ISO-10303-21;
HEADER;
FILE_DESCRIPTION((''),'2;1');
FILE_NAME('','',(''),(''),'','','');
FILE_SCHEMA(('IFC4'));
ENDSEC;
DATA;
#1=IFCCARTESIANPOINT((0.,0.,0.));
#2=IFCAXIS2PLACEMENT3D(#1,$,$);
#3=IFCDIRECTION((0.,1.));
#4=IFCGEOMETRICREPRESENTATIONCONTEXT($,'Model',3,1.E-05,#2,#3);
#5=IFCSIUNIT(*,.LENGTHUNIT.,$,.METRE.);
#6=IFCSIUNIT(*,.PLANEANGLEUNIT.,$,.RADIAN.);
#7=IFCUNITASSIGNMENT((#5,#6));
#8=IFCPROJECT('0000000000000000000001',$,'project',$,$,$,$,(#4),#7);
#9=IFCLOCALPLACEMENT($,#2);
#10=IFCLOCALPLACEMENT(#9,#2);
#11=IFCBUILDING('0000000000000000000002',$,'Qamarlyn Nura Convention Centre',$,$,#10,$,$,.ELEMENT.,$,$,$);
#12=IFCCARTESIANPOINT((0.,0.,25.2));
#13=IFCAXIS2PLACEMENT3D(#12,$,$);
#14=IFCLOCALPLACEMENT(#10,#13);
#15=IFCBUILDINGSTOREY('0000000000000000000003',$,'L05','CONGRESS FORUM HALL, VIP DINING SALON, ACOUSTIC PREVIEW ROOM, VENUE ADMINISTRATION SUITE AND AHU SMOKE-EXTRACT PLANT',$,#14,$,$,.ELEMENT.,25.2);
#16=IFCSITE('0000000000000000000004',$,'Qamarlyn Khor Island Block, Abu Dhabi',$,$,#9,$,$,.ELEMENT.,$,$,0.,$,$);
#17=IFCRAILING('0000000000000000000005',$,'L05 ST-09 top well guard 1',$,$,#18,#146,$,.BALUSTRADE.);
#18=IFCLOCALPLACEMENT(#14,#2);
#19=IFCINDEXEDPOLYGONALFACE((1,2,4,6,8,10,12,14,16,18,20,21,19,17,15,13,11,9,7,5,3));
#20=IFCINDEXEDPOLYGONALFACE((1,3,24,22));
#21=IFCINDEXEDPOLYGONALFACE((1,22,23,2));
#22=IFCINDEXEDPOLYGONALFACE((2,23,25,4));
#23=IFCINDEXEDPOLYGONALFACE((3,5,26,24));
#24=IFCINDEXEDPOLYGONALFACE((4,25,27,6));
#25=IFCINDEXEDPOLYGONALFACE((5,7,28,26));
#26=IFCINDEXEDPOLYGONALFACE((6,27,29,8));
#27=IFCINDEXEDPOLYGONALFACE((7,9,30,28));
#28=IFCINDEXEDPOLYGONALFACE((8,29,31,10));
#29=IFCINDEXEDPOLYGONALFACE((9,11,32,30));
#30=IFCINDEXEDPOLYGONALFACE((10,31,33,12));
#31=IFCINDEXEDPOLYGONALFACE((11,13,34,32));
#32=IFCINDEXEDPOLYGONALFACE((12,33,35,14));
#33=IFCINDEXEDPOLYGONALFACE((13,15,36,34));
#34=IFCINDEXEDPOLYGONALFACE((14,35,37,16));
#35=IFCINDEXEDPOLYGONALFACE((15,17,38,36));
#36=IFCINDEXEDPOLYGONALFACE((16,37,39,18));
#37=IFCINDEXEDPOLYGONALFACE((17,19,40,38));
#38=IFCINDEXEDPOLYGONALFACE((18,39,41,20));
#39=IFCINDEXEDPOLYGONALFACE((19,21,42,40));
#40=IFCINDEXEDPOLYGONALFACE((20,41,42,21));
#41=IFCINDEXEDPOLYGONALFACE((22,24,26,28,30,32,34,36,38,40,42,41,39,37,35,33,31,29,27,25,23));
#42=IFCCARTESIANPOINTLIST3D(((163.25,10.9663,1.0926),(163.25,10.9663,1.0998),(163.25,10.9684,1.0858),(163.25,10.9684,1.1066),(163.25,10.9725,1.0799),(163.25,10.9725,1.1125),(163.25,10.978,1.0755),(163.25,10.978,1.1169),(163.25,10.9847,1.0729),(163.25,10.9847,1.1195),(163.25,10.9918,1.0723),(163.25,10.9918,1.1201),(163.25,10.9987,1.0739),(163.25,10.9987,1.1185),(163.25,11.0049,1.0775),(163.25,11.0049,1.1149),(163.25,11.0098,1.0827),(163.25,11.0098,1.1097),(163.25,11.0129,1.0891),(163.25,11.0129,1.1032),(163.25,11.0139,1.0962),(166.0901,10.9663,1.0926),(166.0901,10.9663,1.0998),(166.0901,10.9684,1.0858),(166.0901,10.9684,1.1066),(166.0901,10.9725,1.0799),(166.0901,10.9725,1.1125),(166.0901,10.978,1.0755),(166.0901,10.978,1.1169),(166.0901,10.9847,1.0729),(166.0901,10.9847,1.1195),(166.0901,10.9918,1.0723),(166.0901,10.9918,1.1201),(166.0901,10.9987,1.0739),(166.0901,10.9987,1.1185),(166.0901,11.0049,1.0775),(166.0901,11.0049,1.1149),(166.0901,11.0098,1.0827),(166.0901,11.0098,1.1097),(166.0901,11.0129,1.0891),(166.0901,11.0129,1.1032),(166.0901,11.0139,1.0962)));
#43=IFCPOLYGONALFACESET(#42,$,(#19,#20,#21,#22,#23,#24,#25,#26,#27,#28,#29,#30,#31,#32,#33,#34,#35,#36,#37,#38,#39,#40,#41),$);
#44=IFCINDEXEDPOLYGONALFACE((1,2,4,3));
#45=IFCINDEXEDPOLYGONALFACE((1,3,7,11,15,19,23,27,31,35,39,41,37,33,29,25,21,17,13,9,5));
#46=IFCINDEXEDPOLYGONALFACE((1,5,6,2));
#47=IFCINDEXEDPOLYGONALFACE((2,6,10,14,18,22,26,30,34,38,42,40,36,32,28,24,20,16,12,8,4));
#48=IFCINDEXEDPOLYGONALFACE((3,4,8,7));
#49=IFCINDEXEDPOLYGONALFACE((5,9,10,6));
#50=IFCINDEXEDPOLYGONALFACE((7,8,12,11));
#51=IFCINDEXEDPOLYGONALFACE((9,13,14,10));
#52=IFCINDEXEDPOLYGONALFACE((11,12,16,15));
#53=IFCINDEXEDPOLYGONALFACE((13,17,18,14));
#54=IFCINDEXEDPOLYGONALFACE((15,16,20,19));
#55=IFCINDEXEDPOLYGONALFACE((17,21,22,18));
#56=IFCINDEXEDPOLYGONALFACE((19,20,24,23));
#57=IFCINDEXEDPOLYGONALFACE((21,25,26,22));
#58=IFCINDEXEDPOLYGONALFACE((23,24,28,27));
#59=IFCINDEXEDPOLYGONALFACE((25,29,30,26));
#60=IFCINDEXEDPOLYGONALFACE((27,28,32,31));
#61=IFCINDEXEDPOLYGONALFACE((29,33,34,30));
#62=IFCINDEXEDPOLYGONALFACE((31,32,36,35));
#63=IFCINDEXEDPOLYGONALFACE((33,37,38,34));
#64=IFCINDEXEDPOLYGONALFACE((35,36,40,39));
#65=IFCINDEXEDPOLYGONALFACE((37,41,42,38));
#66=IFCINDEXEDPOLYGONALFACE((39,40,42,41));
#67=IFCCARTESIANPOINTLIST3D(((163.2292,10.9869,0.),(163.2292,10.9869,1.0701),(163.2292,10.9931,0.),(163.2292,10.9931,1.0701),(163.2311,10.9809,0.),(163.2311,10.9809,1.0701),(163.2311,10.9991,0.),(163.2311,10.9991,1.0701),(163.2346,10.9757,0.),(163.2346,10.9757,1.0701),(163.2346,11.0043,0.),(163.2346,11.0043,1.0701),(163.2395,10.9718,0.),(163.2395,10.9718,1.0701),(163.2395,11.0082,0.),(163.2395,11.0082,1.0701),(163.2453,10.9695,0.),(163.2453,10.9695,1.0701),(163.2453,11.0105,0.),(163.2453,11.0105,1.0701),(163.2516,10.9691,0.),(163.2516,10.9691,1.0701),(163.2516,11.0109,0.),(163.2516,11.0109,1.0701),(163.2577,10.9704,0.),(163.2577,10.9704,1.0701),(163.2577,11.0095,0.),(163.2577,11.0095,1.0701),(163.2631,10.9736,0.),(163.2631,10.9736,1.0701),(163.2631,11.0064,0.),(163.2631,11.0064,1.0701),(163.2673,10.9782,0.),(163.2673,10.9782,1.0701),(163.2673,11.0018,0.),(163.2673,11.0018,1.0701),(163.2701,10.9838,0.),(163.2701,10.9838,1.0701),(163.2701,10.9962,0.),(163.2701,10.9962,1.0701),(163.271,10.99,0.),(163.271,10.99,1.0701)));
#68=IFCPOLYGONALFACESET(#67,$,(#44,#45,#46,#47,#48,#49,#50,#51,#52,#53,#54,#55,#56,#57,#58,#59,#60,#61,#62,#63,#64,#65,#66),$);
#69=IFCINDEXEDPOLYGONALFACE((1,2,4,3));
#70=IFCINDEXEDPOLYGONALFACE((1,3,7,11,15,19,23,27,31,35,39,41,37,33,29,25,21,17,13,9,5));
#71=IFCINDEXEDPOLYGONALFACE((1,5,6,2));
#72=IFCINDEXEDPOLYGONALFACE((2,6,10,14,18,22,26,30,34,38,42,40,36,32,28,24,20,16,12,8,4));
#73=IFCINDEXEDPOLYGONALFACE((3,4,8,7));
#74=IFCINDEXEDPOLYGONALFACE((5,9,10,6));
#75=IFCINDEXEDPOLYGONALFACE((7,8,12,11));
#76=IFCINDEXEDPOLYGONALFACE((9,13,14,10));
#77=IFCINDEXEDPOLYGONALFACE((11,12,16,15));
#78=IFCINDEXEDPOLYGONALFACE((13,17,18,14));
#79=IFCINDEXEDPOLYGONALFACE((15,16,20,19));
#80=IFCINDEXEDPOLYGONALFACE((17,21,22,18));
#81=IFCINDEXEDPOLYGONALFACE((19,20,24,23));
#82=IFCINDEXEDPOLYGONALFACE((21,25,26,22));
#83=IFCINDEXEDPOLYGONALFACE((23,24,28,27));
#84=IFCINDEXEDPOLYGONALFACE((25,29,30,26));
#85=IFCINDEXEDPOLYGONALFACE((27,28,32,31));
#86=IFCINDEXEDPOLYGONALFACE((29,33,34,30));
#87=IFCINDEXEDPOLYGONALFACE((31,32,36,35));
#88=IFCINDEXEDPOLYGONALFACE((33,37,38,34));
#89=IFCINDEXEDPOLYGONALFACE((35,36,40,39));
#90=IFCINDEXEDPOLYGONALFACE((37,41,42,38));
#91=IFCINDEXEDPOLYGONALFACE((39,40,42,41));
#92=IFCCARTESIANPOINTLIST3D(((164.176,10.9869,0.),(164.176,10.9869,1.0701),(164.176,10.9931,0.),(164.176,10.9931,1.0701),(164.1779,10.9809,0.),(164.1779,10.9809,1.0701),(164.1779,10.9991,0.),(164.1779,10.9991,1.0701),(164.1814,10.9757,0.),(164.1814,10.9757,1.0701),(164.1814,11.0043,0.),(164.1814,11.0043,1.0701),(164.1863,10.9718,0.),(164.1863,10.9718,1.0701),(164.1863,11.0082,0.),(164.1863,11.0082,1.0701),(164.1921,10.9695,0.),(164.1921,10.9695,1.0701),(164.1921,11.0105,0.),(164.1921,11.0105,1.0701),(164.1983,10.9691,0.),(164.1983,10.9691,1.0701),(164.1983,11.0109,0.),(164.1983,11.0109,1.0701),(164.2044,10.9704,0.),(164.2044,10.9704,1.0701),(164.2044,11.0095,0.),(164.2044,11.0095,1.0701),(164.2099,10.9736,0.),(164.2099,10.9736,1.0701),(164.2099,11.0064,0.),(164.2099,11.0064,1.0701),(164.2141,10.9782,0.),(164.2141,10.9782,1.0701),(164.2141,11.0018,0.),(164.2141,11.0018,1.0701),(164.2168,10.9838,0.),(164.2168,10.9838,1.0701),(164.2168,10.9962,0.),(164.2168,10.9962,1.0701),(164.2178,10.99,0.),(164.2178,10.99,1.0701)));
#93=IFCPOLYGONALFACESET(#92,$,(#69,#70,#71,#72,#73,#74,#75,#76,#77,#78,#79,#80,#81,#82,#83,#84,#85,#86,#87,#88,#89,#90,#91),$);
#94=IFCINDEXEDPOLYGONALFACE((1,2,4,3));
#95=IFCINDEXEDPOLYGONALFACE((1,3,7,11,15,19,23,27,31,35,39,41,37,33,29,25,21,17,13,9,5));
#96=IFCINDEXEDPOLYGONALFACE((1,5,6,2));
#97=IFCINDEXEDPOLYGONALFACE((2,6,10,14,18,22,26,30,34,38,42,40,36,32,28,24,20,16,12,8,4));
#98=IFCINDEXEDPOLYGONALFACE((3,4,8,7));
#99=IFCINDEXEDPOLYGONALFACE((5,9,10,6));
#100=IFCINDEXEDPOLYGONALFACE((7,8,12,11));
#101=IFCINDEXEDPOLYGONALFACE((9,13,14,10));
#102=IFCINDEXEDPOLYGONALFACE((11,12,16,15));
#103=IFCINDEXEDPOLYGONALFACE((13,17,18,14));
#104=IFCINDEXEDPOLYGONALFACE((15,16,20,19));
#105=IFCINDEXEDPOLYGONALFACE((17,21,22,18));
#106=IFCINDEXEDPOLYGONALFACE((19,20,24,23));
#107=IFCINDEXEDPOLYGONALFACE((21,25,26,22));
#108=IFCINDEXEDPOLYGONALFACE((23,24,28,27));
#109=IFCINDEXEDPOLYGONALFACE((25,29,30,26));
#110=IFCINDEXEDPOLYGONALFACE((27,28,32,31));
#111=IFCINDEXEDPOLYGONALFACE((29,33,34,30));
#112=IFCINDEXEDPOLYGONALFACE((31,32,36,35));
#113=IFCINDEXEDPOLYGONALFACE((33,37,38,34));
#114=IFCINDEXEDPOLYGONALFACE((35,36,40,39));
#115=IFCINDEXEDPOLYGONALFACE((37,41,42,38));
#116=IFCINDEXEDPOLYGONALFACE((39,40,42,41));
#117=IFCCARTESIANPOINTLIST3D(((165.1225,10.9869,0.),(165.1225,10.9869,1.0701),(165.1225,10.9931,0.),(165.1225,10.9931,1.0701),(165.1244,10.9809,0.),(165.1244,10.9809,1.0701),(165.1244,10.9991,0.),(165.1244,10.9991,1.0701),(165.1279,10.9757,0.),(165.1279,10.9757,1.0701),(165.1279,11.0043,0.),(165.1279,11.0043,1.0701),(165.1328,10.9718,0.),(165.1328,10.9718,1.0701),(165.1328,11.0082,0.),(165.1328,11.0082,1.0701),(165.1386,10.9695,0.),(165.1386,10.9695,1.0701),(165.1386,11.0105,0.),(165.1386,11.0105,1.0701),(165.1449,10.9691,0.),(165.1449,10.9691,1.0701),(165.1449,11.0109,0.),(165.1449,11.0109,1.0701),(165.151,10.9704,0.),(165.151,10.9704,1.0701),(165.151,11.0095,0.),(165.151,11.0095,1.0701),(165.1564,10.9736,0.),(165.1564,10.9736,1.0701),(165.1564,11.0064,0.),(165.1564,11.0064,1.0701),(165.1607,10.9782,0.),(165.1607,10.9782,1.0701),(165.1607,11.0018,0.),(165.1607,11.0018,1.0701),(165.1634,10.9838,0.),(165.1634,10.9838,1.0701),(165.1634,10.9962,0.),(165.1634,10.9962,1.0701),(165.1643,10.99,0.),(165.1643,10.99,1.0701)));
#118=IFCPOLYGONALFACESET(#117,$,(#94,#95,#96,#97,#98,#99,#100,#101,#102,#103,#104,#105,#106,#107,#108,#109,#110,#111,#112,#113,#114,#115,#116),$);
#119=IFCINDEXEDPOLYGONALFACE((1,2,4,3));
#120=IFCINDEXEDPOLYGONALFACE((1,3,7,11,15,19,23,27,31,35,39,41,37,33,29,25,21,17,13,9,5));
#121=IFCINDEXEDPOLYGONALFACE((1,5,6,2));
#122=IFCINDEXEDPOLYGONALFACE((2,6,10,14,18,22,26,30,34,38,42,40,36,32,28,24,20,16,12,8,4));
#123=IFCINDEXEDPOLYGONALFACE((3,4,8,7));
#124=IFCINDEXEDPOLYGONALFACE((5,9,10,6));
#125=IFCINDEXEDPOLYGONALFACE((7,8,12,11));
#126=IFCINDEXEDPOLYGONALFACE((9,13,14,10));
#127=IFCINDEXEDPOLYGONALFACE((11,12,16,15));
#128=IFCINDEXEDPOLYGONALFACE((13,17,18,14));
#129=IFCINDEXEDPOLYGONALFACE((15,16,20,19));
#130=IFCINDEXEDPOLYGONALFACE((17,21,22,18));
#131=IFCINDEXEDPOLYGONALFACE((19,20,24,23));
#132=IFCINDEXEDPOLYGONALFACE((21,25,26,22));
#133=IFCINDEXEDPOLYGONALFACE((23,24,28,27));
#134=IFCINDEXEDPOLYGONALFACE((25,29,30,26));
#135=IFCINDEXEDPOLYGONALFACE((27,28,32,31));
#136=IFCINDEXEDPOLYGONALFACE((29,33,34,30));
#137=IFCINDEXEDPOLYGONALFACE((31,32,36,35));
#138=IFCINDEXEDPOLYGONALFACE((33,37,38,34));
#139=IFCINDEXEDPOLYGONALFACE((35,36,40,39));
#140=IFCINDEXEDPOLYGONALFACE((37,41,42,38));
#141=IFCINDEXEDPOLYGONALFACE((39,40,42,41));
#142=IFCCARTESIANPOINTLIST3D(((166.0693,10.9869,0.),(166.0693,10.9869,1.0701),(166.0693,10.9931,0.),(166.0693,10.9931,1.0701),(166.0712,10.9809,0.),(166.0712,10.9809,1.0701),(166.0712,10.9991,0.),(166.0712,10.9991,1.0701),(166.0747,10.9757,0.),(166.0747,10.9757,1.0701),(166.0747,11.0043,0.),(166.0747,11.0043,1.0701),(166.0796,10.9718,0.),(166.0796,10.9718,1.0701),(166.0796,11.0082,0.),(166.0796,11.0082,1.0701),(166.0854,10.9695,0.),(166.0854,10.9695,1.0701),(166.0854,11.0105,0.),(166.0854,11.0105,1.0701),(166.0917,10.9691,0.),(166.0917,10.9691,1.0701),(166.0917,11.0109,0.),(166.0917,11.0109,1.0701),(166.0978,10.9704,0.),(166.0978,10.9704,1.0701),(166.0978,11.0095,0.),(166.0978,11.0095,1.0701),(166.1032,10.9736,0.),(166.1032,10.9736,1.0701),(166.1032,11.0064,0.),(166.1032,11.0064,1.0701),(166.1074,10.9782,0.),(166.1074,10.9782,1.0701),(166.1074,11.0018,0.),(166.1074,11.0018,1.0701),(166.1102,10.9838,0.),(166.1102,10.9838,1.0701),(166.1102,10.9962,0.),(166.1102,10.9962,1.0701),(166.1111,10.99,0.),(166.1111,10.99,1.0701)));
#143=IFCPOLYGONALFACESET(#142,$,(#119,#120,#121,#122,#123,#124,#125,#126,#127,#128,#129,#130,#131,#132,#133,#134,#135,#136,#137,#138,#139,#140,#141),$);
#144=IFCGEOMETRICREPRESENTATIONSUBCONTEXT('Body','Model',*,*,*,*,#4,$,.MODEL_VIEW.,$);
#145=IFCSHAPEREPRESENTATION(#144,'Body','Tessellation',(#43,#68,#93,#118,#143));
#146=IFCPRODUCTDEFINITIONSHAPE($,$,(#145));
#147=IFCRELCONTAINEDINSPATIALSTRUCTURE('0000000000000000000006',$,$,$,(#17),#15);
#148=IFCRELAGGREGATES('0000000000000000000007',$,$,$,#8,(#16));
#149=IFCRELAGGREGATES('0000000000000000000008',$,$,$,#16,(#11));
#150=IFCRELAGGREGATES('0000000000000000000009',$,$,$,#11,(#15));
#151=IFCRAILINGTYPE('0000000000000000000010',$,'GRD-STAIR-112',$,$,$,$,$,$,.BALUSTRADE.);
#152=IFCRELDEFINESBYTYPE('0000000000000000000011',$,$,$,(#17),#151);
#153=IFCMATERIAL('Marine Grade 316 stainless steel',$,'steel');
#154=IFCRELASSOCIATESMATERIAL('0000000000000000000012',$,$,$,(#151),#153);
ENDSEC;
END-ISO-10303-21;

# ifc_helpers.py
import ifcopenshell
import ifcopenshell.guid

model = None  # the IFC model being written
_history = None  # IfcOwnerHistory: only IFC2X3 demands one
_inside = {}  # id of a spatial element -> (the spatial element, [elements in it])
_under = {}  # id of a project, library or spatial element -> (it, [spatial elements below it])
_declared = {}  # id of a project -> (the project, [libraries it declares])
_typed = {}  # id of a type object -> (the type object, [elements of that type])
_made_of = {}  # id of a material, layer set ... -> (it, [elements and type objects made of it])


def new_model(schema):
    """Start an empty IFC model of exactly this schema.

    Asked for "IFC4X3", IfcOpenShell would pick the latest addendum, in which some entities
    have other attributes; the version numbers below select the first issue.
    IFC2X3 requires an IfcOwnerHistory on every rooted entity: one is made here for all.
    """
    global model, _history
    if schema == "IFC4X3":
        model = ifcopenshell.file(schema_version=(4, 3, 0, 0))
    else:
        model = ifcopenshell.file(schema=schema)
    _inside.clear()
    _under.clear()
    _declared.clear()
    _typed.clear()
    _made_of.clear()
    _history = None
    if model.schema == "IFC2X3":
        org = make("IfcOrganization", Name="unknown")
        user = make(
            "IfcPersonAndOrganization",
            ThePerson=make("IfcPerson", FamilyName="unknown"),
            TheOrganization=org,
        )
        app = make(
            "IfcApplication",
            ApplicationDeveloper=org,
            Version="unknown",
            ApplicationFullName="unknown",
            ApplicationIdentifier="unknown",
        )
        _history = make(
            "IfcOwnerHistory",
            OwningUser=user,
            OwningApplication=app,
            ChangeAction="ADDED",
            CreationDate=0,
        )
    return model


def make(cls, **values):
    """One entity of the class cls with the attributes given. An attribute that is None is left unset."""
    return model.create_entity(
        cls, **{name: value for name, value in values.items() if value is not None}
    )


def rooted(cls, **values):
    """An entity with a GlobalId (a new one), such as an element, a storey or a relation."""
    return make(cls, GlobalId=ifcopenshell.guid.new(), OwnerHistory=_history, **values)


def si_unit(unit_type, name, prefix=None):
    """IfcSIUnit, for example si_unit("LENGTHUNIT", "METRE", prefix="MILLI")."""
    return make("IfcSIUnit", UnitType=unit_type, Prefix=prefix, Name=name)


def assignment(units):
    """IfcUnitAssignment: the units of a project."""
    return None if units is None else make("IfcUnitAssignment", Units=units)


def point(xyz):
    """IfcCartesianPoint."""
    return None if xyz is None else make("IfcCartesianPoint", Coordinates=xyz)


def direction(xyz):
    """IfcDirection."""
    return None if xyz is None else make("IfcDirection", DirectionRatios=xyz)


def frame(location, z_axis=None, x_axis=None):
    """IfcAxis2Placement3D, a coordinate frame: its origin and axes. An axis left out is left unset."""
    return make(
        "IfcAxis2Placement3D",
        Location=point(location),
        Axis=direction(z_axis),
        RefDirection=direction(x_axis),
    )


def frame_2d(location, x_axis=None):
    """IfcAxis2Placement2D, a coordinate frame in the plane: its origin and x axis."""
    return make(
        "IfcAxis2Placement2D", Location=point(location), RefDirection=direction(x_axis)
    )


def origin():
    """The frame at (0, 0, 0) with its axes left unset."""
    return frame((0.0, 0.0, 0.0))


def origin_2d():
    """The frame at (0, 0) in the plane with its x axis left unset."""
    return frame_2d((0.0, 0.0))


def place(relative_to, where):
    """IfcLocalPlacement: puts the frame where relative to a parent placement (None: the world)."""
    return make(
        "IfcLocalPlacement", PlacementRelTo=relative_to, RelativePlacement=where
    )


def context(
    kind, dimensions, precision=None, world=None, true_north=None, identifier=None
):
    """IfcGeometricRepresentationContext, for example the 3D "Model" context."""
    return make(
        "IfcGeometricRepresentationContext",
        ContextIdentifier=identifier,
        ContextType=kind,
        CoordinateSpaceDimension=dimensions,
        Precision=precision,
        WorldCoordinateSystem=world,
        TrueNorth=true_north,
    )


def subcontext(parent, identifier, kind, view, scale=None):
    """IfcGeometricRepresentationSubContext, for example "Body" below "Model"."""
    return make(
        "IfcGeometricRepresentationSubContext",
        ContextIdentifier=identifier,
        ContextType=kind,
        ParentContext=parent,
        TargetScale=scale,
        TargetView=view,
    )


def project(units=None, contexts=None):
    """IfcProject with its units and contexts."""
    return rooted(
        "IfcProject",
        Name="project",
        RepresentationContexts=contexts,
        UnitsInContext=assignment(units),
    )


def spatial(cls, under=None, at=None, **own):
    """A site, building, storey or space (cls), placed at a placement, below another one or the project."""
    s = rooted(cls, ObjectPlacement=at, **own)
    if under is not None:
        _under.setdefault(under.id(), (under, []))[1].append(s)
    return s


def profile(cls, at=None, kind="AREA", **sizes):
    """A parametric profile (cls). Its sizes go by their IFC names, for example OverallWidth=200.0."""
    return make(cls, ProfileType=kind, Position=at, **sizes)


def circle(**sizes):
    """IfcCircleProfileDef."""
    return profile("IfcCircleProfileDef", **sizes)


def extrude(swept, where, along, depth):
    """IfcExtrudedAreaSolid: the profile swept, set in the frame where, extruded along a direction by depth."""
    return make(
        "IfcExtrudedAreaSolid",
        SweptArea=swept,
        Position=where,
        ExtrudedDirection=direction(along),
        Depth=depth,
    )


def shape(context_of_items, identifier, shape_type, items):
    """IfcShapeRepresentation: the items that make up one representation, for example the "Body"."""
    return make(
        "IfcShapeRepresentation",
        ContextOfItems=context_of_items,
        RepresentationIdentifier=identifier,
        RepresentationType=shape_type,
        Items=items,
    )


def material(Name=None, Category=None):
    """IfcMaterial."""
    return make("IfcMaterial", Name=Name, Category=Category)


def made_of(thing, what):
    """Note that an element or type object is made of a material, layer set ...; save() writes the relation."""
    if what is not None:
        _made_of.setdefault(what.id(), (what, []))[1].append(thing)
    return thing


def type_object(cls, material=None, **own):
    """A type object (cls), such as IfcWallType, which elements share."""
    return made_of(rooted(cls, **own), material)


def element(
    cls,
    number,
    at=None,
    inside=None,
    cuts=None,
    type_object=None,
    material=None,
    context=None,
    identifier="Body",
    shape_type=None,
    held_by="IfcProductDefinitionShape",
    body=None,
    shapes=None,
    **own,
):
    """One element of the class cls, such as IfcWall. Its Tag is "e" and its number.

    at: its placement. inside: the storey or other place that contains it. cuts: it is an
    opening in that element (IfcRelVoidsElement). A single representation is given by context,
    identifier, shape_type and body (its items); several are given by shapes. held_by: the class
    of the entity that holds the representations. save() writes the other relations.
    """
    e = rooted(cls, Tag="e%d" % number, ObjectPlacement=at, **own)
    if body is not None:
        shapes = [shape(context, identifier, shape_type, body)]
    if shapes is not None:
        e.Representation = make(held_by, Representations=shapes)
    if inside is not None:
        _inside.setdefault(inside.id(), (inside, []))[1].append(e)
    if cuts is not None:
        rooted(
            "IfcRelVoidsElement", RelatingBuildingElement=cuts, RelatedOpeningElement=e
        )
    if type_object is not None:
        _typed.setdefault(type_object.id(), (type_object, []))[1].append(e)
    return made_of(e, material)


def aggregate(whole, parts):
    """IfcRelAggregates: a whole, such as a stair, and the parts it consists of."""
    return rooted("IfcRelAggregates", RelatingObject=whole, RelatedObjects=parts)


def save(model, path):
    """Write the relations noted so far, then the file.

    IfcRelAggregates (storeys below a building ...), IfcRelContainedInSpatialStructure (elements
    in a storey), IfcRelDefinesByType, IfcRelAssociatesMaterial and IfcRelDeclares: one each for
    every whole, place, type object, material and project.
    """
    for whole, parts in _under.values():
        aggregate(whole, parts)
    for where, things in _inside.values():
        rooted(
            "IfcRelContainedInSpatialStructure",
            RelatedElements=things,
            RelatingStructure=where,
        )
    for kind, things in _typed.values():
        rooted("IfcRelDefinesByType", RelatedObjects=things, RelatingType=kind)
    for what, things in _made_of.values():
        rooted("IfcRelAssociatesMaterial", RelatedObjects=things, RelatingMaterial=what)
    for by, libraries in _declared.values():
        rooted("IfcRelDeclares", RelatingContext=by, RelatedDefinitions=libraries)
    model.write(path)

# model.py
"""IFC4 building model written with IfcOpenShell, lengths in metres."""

from ifc_helpers import new_model, si_unit, direction, frame, origin, origin_2d, place, context, subcontext, project, spatial, circle, extrude, material, type_object, element, save


model = new_model("IFC4")

# Units and contexts
model_context = context("Model", 3, precision=1e-05, world=origin(), true_north=direction((0.0, 1.0)))
body_context = subcontext(model_context, "Body", "Model", "MODEL_VIEW")
ifc_project = project(units=[si_unit("LENGTHUNIT", "METRE"), si_unit("PLANEANGLEUNIT", "RADIAN")], contexts=[model_context])

# Site, building, storey
site_placement = place(None, origin())
site = spatial("IfcSite", under=ifc_project, at=site_placement, Name="Qamarlyn Khor Island Block, Abu Dhabi", CompositionType="ELEMENT", RefElevation=0.0)
building_placement = place(site_placement, origin())
building = spatial("IfcBuilding", under=site, at=building_placement, Name="Qamarlyn Nura Convention Centre", CompositionType="ELEMENT")
storey_placement = place(building_placement, frame((0.0, 0.0, 25.2)))
storey = spatial("IfcBuildingStorey", under=building, at=storey_placement, Name="L05", Description="CONGRESS FORUM HALL, VIP DINING SALON, ACOUSTIC PREVIEW ROOM, VENUE ADMINISTRATION SUITE AND AHU SMOKE-EXTRACT PLANT", CompositionType="ELEMENT", Elevation=25.2)

# Shared definitions
ifc_material_1 = material(Name="Marine Grade 316 stainless steel", Category="steel")

# Railing
railing_type = type_object("IfcRailingType", Name="GRD-STAIR-112", PredefinedType="BALUSTRADE", material=ifc_material_1)
railing_placement = place(storey_placement, frame((163.25, 10.99, 0.0)))
element("IfcRailing", 1, at=railing_placement, inside=storey, type_object=railing_type, Name="L05 ST-09 top well guard 1", PredefinedType="BALUSTRADE", context=body_context, shape_type="SweptSolid", body=[
    extrude(circle(Radius=0.0239, at=origin_2d()), frame((0.0, 0.0, 1.0962), z_axis=(1.0, 0.0, 0.0), x_axis=(0.0, 1.0, 0.0)), (0.0, 0.0, 1.0), 2.8401),
    extrude(circle(Radius=0.021, at=origin_2d()), origin(), (0.0, 0.0, 1.0), 1.0701),
    extrude(circle(Radius=0.021, at=origin_2d()), frame((0.9468, 0.0, 0.0)), (0.0, 0.0, 1.0), 1.0701),
    extrude(circle(Radius=0.021, at=origin_2d()), frame((1.8933, 0.0, 0.0)), (0.0, 0.0, 1.0), 1.0701),
    extrude(circle(Radius=0.021, at=origin_2d()), frame((2.8401, 0.0, 0.0)), (0.0, 0.0, 1.0), 1.0701),
])

save(model, "model.ifc")
